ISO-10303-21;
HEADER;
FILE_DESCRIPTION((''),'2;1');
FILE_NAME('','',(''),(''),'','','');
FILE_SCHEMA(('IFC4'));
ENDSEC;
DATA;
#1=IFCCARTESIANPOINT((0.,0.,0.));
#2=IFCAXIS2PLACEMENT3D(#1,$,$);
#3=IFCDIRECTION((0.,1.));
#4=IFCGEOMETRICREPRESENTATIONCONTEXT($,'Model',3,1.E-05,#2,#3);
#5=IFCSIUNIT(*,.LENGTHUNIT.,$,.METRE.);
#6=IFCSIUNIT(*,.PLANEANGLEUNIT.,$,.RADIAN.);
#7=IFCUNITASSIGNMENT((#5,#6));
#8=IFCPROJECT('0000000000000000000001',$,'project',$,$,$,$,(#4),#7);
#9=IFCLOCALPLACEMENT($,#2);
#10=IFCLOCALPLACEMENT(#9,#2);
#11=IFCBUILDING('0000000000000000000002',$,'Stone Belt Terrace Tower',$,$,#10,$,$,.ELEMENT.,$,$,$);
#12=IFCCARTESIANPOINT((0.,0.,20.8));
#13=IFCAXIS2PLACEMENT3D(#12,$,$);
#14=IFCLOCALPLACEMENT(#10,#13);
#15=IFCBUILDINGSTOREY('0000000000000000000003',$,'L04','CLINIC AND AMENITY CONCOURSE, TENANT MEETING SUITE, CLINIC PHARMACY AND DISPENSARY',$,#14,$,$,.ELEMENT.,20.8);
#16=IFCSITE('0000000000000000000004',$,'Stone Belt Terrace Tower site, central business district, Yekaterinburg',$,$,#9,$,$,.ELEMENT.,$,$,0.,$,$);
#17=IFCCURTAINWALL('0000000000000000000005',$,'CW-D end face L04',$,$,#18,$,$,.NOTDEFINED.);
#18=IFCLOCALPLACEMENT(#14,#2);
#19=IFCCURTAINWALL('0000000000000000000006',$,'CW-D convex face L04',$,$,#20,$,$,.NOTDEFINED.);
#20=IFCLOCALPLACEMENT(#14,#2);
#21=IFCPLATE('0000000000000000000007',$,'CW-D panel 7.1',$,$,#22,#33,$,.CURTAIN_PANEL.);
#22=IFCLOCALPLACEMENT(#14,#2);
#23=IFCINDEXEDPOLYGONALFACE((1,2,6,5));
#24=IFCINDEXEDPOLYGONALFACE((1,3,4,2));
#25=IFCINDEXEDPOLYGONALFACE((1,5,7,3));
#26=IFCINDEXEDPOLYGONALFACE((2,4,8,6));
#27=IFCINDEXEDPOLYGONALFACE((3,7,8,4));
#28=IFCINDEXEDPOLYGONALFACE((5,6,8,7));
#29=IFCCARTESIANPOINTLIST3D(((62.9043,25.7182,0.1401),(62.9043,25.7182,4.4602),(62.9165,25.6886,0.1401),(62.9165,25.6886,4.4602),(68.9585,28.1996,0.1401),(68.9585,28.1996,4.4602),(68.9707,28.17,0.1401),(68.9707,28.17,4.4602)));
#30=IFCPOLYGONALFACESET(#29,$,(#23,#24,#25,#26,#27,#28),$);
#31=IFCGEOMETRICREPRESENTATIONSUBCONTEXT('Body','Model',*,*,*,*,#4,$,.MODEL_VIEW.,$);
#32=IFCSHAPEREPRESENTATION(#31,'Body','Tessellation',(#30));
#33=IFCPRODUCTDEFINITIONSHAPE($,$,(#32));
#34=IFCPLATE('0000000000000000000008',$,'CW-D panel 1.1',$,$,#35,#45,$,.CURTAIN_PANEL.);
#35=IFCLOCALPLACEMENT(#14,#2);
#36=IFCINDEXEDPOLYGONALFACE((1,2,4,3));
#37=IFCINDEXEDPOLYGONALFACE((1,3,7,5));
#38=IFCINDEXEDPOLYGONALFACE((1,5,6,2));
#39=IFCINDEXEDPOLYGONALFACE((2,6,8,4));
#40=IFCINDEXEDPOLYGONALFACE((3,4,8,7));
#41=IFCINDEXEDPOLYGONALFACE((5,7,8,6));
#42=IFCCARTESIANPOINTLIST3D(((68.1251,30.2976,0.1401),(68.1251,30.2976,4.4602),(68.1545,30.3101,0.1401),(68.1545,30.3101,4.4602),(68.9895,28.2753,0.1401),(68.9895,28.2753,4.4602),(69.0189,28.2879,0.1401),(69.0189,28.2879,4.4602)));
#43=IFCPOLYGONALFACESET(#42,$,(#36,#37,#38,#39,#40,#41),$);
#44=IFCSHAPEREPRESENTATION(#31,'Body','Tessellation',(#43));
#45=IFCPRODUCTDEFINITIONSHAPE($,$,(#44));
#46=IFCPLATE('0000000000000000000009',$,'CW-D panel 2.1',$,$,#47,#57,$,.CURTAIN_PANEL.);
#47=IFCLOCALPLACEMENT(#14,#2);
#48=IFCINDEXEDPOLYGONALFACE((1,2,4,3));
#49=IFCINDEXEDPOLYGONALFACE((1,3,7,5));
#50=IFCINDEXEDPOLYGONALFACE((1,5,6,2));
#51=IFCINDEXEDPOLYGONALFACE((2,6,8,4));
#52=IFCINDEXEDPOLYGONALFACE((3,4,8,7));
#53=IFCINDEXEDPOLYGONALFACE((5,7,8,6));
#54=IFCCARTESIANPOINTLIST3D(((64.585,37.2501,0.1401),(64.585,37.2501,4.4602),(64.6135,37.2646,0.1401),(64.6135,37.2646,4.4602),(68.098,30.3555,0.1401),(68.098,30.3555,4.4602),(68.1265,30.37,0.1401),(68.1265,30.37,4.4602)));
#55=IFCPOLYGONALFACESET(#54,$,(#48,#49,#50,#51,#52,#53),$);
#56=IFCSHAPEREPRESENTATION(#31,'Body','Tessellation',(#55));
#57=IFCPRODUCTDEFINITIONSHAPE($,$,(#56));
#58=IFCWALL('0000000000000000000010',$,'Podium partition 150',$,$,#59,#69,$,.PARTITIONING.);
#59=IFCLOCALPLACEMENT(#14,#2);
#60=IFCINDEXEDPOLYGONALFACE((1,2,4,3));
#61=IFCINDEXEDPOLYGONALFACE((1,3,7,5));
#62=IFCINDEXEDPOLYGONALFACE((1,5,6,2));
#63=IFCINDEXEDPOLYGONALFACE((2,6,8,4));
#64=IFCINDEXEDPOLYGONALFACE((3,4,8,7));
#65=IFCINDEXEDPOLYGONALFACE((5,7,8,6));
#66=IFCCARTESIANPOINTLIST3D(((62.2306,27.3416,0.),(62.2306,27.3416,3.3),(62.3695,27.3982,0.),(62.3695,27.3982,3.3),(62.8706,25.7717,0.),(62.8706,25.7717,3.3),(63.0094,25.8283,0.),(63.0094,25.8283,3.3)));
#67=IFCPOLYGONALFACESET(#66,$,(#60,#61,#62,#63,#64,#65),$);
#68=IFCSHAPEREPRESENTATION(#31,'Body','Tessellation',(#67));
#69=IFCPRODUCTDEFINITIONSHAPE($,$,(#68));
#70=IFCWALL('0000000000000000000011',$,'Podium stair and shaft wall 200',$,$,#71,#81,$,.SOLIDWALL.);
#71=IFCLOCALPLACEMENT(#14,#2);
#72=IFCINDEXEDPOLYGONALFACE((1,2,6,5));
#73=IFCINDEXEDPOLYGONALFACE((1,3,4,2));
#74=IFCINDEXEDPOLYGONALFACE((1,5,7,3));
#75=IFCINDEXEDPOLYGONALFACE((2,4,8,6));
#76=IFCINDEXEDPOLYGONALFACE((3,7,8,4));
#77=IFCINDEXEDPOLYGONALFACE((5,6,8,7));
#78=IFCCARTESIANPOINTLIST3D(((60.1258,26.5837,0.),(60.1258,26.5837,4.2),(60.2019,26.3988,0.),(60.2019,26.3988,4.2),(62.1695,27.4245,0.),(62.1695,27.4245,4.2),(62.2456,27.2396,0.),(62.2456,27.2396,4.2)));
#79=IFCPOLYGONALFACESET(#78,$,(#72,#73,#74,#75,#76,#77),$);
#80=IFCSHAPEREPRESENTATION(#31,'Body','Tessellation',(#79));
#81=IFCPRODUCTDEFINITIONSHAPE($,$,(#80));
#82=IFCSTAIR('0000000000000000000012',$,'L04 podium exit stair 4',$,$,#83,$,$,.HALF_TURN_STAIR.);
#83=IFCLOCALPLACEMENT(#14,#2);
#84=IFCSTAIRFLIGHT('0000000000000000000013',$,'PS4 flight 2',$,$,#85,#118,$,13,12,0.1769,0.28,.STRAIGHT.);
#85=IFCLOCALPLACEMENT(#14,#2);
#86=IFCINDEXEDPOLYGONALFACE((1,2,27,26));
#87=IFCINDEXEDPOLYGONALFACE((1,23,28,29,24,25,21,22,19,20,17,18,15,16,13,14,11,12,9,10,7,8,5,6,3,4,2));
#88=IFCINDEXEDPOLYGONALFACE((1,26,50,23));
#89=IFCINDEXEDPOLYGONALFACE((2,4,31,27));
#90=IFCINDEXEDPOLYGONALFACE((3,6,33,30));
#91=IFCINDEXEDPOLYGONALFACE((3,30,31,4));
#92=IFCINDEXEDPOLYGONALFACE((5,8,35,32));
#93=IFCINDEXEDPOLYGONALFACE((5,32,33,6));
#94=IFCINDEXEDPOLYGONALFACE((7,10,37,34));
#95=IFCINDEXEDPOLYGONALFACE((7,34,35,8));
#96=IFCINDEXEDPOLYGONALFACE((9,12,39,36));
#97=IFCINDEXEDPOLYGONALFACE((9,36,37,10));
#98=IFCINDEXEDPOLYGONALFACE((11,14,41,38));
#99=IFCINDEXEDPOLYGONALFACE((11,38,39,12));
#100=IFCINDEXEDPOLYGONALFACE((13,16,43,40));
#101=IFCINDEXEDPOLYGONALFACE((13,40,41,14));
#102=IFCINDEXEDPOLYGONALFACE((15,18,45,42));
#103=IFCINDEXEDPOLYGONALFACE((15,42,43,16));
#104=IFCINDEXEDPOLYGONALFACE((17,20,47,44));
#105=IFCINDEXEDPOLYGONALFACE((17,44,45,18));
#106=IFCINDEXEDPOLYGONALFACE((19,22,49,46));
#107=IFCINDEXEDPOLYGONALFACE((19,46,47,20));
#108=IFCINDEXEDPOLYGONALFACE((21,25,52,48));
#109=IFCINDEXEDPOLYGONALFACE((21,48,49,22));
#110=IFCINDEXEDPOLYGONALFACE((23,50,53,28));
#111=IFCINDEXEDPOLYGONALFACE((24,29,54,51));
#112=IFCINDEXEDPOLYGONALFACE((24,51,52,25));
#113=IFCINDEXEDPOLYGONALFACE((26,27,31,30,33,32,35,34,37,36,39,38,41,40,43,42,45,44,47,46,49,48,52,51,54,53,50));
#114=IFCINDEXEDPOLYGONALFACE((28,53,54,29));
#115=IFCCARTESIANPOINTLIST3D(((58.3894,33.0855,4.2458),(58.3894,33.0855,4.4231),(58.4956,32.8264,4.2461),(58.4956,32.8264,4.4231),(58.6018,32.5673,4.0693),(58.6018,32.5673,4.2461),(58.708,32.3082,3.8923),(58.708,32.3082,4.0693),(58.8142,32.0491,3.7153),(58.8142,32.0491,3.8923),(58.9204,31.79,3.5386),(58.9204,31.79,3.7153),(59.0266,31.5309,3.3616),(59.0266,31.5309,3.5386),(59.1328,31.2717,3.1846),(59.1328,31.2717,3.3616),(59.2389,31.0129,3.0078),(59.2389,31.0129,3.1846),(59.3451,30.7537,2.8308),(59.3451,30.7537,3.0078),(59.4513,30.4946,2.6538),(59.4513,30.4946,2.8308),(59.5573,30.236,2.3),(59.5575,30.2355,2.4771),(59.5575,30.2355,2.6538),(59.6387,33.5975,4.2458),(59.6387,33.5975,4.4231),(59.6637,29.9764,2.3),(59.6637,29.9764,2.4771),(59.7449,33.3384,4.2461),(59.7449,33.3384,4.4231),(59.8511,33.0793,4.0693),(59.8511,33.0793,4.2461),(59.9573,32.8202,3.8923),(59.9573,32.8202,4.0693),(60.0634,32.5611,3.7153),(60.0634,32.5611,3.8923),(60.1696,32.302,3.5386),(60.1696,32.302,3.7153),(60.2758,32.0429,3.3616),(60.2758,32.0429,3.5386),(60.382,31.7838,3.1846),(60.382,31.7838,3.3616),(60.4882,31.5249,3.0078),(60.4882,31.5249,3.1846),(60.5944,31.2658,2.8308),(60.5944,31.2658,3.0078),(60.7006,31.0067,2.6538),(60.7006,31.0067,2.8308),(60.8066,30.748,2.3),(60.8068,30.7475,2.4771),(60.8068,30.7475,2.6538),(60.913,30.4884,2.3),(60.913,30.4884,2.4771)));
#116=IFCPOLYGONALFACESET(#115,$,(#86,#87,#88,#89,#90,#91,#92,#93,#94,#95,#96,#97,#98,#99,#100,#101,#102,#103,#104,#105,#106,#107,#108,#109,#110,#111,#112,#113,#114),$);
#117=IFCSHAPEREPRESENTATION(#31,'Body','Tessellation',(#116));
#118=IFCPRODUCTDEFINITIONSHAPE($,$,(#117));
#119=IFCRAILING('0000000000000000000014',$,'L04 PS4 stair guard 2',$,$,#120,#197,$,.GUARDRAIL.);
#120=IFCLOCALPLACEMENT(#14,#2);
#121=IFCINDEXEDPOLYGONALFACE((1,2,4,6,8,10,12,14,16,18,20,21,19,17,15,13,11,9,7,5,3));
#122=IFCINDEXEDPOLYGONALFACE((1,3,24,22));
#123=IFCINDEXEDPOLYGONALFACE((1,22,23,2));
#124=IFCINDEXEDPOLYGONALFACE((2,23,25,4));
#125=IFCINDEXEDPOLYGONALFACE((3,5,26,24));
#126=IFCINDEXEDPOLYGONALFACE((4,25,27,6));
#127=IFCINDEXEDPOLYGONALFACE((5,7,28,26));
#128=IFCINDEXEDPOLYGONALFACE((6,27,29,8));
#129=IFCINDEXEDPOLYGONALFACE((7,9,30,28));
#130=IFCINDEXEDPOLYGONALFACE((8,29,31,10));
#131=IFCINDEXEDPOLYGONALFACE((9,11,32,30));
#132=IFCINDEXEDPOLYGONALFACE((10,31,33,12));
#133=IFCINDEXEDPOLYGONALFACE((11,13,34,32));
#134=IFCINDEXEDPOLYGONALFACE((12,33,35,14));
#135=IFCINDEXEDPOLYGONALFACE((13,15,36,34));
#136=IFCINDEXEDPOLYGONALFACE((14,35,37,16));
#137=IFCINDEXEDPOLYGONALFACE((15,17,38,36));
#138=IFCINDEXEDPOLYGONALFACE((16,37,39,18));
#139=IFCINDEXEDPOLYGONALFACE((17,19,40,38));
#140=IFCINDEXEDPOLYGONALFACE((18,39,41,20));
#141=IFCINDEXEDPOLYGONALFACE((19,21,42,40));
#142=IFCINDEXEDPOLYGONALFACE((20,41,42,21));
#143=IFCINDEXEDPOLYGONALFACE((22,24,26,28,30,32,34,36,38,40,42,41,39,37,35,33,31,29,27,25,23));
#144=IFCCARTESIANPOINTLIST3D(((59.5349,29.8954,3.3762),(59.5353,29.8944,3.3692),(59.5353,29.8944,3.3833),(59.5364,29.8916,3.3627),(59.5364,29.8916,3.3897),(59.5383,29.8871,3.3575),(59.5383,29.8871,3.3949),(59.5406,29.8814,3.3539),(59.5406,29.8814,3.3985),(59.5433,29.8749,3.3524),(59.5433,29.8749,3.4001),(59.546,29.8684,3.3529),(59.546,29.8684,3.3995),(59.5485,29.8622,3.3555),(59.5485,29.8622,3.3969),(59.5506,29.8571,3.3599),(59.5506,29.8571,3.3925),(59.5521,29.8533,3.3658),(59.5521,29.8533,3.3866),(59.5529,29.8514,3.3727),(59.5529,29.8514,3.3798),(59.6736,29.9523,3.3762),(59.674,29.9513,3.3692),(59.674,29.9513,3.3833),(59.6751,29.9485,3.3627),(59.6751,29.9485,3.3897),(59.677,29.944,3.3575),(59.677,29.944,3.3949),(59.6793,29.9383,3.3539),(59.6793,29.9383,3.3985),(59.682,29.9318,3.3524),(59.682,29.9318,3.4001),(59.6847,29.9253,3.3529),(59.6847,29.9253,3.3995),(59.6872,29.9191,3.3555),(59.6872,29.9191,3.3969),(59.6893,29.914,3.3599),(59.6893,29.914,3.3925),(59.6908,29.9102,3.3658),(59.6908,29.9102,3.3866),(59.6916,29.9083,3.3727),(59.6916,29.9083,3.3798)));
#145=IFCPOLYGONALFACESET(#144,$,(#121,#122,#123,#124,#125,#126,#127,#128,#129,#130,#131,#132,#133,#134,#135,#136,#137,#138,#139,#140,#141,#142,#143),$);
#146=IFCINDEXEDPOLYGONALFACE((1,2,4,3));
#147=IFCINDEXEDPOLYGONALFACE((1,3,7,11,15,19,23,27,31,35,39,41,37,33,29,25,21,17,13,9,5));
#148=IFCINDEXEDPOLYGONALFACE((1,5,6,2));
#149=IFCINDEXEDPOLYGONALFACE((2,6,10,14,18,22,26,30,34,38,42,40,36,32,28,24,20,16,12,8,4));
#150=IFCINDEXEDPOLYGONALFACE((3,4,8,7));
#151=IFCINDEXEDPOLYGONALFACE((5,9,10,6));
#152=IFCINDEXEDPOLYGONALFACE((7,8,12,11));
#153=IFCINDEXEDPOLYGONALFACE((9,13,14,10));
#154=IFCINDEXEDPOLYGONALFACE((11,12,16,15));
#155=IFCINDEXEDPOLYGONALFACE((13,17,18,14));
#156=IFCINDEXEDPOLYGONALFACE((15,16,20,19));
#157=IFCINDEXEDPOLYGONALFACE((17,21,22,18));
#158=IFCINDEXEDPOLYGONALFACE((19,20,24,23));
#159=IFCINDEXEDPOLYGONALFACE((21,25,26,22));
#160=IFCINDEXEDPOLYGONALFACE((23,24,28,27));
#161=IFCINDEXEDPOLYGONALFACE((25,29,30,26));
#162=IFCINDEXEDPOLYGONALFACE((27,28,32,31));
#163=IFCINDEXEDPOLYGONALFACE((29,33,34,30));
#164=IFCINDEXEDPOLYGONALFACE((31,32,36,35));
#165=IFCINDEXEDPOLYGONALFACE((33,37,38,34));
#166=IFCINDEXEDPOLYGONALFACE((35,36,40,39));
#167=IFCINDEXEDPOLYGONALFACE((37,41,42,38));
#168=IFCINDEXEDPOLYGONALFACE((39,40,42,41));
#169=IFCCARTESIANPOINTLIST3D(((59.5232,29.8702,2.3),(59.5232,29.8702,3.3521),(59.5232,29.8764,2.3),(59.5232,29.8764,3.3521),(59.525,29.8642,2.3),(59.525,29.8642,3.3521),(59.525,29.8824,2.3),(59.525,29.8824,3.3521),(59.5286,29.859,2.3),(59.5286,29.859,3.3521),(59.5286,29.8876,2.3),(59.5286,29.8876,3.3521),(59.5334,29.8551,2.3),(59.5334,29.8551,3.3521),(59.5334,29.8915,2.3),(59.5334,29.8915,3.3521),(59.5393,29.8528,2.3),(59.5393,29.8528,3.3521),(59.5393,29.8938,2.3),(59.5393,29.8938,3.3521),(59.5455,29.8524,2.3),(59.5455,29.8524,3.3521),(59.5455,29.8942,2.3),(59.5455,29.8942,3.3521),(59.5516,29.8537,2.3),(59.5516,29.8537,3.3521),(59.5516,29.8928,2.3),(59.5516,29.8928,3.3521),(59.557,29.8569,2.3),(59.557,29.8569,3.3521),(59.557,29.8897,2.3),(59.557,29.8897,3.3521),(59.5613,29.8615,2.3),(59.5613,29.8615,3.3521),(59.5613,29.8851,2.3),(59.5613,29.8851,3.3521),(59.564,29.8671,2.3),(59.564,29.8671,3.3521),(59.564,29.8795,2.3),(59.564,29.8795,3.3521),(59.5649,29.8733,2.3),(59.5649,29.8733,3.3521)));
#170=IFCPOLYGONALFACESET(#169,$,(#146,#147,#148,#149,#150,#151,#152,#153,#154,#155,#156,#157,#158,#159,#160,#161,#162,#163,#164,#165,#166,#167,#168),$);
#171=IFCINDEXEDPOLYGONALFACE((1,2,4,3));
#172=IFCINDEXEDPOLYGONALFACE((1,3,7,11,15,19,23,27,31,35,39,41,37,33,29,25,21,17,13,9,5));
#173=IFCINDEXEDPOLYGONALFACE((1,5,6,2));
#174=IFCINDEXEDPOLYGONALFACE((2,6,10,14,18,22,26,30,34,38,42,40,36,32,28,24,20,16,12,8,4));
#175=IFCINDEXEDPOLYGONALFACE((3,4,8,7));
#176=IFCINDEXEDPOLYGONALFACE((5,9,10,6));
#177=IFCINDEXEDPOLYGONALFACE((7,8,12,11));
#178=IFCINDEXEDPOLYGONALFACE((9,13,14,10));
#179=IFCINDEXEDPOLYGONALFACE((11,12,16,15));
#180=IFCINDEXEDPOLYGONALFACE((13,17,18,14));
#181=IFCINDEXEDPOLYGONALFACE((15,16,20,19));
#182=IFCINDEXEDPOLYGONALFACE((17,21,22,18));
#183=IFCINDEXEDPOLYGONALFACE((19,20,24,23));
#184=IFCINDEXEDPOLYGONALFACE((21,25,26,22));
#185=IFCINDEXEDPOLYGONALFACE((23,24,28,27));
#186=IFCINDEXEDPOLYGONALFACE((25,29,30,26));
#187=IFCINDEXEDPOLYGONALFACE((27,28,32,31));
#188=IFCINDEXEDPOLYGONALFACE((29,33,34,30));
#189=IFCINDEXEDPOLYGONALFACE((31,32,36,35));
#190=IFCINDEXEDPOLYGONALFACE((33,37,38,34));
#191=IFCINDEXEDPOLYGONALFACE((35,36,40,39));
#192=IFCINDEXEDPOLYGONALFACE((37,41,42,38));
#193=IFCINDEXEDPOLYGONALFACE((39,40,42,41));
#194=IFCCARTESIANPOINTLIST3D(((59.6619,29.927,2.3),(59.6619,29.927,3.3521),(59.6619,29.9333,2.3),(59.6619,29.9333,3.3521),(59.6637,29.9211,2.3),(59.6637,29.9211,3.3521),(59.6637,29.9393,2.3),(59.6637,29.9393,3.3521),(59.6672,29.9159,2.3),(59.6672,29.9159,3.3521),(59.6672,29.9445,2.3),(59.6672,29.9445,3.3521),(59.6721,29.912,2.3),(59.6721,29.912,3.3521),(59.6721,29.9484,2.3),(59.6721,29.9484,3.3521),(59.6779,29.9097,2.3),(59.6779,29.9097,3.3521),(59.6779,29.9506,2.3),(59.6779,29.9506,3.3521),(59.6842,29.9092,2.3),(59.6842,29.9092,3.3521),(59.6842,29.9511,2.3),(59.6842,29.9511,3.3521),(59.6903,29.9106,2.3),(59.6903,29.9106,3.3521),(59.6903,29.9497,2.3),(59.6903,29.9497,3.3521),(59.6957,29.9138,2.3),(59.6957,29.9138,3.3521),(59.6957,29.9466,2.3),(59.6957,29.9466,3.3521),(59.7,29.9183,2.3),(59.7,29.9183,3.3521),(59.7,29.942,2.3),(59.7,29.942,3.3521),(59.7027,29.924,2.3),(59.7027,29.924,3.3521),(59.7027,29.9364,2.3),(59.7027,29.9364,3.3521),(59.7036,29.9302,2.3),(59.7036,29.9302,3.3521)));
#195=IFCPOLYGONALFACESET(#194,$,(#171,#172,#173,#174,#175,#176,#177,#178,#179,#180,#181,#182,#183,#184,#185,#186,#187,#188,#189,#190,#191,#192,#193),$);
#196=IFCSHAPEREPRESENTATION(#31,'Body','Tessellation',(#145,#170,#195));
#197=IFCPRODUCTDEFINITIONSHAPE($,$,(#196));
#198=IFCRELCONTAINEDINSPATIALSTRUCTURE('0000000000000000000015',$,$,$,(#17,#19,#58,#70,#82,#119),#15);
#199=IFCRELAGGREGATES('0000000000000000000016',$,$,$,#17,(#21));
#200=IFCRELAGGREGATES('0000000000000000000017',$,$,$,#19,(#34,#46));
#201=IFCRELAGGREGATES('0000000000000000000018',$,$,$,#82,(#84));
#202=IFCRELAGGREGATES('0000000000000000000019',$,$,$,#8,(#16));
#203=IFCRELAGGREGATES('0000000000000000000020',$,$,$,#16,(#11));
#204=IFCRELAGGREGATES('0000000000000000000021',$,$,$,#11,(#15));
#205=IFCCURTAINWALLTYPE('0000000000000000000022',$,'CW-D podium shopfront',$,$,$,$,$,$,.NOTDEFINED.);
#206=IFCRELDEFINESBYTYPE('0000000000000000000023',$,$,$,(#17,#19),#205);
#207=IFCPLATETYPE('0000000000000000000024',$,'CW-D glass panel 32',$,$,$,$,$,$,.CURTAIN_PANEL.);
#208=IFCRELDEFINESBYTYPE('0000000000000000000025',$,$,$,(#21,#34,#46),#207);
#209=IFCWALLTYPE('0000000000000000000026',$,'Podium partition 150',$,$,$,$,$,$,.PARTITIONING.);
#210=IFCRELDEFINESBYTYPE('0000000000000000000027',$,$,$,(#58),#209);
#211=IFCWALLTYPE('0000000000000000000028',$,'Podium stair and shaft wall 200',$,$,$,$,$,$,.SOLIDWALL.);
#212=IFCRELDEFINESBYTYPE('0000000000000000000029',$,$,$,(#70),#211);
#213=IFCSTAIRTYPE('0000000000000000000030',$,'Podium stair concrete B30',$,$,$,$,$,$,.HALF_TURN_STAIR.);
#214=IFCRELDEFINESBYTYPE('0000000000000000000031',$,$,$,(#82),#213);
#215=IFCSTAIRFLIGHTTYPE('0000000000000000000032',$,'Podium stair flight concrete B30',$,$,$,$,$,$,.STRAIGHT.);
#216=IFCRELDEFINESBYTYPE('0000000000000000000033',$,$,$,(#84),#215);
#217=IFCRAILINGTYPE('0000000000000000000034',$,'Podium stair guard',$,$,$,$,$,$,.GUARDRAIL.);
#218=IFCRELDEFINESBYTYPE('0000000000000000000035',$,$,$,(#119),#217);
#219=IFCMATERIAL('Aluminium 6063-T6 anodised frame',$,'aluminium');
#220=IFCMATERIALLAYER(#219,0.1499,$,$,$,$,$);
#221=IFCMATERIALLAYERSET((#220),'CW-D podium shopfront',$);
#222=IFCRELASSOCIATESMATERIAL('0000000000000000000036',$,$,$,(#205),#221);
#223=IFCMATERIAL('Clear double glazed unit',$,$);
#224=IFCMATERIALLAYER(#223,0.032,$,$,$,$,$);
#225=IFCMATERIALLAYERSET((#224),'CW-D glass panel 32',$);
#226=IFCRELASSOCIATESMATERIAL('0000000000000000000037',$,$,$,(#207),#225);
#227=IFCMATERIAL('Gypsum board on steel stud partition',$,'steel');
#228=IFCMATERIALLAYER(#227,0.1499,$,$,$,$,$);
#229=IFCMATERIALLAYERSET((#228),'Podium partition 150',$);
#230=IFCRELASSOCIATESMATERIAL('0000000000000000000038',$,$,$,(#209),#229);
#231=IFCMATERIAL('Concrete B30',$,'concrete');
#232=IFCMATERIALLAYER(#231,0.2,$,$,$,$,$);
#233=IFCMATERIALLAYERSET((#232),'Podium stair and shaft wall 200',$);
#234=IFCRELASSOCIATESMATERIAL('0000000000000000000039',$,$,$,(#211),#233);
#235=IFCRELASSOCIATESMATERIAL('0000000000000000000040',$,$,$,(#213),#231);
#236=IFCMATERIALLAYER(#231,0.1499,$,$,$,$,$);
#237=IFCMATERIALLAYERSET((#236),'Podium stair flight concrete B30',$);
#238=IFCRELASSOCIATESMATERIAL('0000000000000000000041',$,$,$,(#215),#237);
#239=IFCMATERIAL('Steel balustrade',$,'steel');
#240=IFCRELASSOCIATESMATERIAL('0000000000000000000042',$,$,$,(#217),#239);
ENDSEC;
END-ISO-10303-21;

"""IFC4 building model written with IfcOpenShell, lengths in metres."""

from ifc_helpers import new_model, si_unit, direction, frame, frame_2d, origin, origin_2d, place, context, subcontext, project, spatial, polyline, rectangle, circle, outline, extrude, material, layer, layer_set, type_object, element, aggregate, save


model = new_model("IFC4")

# Units and contexts
model_context = context("Model", 3, precision=1e-05, world=origin(), true_north=direction((0.0, 1.0)))
body_context = subcontext(model_context, "Body", "Model", "MODEL_VIEW")
ifc_project = project(units=[si_unit("LENGTHUNIT", "METRE"), si_unit("PLANEANGLEUNIT", "RADIAN")], contexts=[model_context])

# Site, building, storey
site_placement = place(None, origin())
site = spatial("IfcSite", under=ifc_project, at=site_placement, Name="Stone Belt Terrace Tower site, central business district, Yekaterinburg", CompositionType="ELEMENT", RefElevation=0.0)
building_placement = place(site_placement, origin())
building = spatial("IfcBuilding", under=site, at=building_placement, Name="Stone Belt Terrace Tower", CompositionType="ELEMENT")
storey_placement = place(building_placement, frame((0.0, 0.0, 20.8)))
storey = spatial("IfcBuildingStorey", under=building, at=storey_placement, Name="L04", Description="CLINIC AND AMENITY CONCOURSE, TENANT MEETING SUITE, CLINIC PHARMACY AND DISPENSARY", CompositionType="ELEMENT", Elevation=20.8)

# Curtain wall
ifc_material_1 = material(Name="Aluminium 6063-T6 anodised frame", Category="aluminium")
ifc_layer_1 = layer(ifc_material_1, 0.1499)
ifc_layer_set_1 = layer_set([ifc_layer_1], Name="CW-D podium shopfront")
curtain_wall_type = type_object("IfcCurtainWallType", Name="CW-D podium shopfront", PredefinedType="NOTDEFINED", material=ifc_layer_set_1)
curtain_wall_1_placement = place(storey_placement, origin())
curtain_wall_1 = element("IfcCurtainWall", 1, at=curtain_wall_1_placement, inside=storey, type_object=curtain_wall_type, Name="CW-D end face L04", PredefinedType="NOTDEFINED")

# Curtain wall
curtain_wall_2_placement = place(storey_placement, origin())
curtain_wall_2 = element("IfcCurtainWall", 2, at=curtain_wall_2_placement, inside=storey, type_object=curtain_wall_type, Name="CW-D convex face L04", PredefinedType="NOTDEFINED")

# Plates
ifc_material_2 = material(Name="Clear double glazed unit")
ifc_layer_2 = layer(ifc_material_2, 0.032)
ifc_layer_set_2 = layer_set([ifc_layer_2], Name="CW-D glass panel 32")
plate_type = type_object("IfcPlateType", Name="CW-D glass panel 32", PredefinedType="CURTAIN_PANEL", material=ifc_layer_set_2)
plate_1_placement = place(storey_placement, frame((65.9375, 26.9441, 0.1401), z_axis=(0.0, 0.0, 1.0), x_axis=(0.925297, 0.379243, 0.0)))
plate_1 = element("IfcPlate", 3, at=plate_1_placement, type_object=plate_type, Name="CW-D panel 7.1", PredefinedType="CURTAIN_PANEL", context=body_context, shape_type="SweptSolid", body=[
    extrude(rectangle(XDim=6.543, YDim=0.032, at=origin_2d()), origin(), (0.0, 0.0, 1.0), 4.3201),
])
aggregate(curtain_wall_1, [plate_1])
plate_2_placement = place(storey_placement, frame((68.572, 29.2927, 0.1401), z_axis=(0.0, 0.0, 1.0), x_axis=(-0.393034, 0.919524, 0.0)))
plate_2 = element("IfcPlate", 4, at=plate_2_placement, type_object=plate_type, Name="CW-D panel 1.1", PredefinedType="CURTAIN_PANEL", context=body_context, shape_type="SweptSolid", body=[
    extrude(rectangle(XDim=2.1992, YDim=0.032, at=origin_2d()), origin(), (0.0, 0.0, 1.0), 4.3201),
])
plate_3_placement = place(storey_placement, frame((66.3557, 33.8101, 0.1401), z_axis=(0.0, 0.0, 1.0), x_axis=(-0.45399, 0.891007, 0.0)))
plate_3 = element("IfcPlate", 5, at=plate_3_placement, type_object=plate_type, Name="CW-D panel 2.1", PredefinedType="CURTAIN_PANEL", context=body_context, shape_type="SweptSolid", body=[
    extrude(rectangle(XDim=7.738, YDim=0.032, at=origin_2d()), origin(), (0.0, 0.0, 1.0), 4.3201),
])
aggregate(curtain_wall_2, [plate_2, plate_3])

# Walls
ifc_material_3 = material(Name="Gypsum board on steel stud partition", Category="steel")
ifc_layer_3 = layer(ifc_material_3, 0.1499)
ifc_layer_set_3 = layer_set([ifc_layer_3], Name="Podium partition 150")
wall_type_1 = type_object("IfcWallType", Name="Podium partition 150", PredefinedType="PARTITIONING", material=ifc_layer_set_3)
wall_1_placement = place(storey_placement, frame((62.3, 27.3699, 0.0), z_axis=(0.0, 0.0, 1.0), x_axis=(0.377466, -0.926023, 0.0)))
element("IfcWall", 6, at=wall_1_placement, inside=storey, type_object=wall_type_1, Name="Podium partition 150", PredefinedType="PARTITIONING", context=body_context, shape_type="SweptSolid", body=[
    extrude(rectangle(XDim=1.6953, YDim=0.1499, at=frame_2d((0.8477, 0.0))), origin(), (0.0, 0.0, 1.0), 3.3),
])
ifc_material_4 = material(Name="Concrete B30", Category="concrete")
ifc_layer_4 = layer(ifc_material_4, 0.2)
ifc_layer_set_4 = layer_set([ifc_layer_4], Name="Podium stair and shaft wall 200")
wall_type_2 = type_object("IfcWallType", Name="Podium stair and shaft wall 200", PredefinedType="SOLIDWALL", material=ifc_layer_set_4)
wall_2_placement = place(storey_placement, frame((60.1638, 26.4912, 0.0), z_axis=(0.0, 0.0, 1.0), x_axis=(0.92479, 0.380478, 0.0)))
element("IfcWall", 7, at=wall_2_placement, inside=storey, type_object=wall_type_2, Name="Podium stair and shaft wall 200", PredefinedType="SOLIDWALL", context=body_context, shape_type="SweptSolid", body=[
    extrude(rectangle(XDim=2.21, YDim=0.2, at=frame_2d((1.105, 0.0))), origin(), (0.0, 0.0, 1.0), 4.2),
])

# Stair, stair flight
stair_type = type_object("IfcStairType", Name="Podium stair concrete B30", PredefinedType="HALF_TURN_STAIR", material=ifc_material_4)
stair_placement = place(storey_placement, origin())
stair = element("IfcStair", 8, at=stair_placement, inside=storey, type_object=stair_type, Name="L04 podium exit stair 4", PredefinedType="HALF_TURN_STAIR")
ifc_layer_5 = layer(ifc_material_4, 0.1499)
ifc_layer_set_5 = layer_set([ifc_layer_5], Name="Podium stair flight concrete B30")
stair_flight_type = type_object("IfcStairFlightType", Name="Podium stair flight concrete B30", PredefinedType="STRAIGHT", material=ifc_layer_set_5)
stair_flight_placement = place(storey_placement, frame((60.2883, 30.2324, 2.3), z_axis=(0.0, 0.0, 1.0), x_axis=(-0.379243, 0.925297, 0.0)))
stair_flight = element("IfcStairFlight", 9, at=stair_flight_placement, type_object=stair_flight_type, Name="PS4 flight 2", NumberOfRisers=13, NumberOfTreads=12, PredefinedType="STRAIGHT", RiserHeight=0.1769, TreadLength=0.28, context=body_context, shape_type="SweptSolid", body=[
    extrude(outline(polyline([(0.0, 0.0), (0.0, 0.177), (0.28, 0.177), (0.28, 0.3538), (0.5601, 0.3538), (0.5601, 0.5308), (0.8401, 0.5308), (0.8401, 0.7078), (1.1201, 0.7078), (1.1201, 0.8845), (1.3999, 0.8845), (1.3999, 1.0615), (1.6799, 1.0615), (1.6799, 1.2385), (1.96, 1.2385), (1.96, 1.4153), (2.24, 1.4153), (2.24, 1.5923), (2.52, 1.5923), (2.52, 1.7693), (2.8, 1.7693), (2.8, 1.946), (3.0801, 1.946), (3.0801, 2.123), (3.3601, 2.123), (3.3601, 2.3), (3.3601, 1.9458), (0.2805, 0.0), (0.0, 0.0)])), frame((0.0, 0.675, 0.0), z_axis=(0.0, -1.0, 0.0), x_axis=(1.0, 0.0, 0.0)), (0.0, 0.0, 1.0), 1.3501),
])
aggregate(stair, [stair_flight])

# Railing
ifc_material_5 = material(Name="Steel balustrade", Category="steel")
railing_type_1 = type_object("IfcRailingType", Name="Podium stair guard", PredefinedType="GUARDRAIL", material=ifc_material_5)
railing_1_placement = place(storey_placement, frame((59.5439, 29.8733, 2.3)))
element("IfcRailing", 10, at=railing_1_placement, inside=storey, type_object=railing_type_1, Name="L04 PS4 stair guard 2", PredefinedType="GUARDRAIL", context=body_context, shape_type="SweptSolid", body=[
    extrude(circle(Radius=0.0239, at=origin_2d()), frame((0.0, 0.0, 1.0762), z_axis=(0.925183, 0.379521, 0.0), x_axis=(-0.379521, 0.925183, 0.0)), (0.0, 0.0, 1.0), 0.1499),
    extrude(circle(Radius=0.021, at=origin_2d()), origin(), (0.0, 0.0, 1.0), 1.052),
    extrude(circle(Radius=0.021, at=origin_2d()), frame((0.1387, 0.0569, 0.0)), (0.0, 0.0, 1.0), 1.052),
])

save(model, "model.ifc")
